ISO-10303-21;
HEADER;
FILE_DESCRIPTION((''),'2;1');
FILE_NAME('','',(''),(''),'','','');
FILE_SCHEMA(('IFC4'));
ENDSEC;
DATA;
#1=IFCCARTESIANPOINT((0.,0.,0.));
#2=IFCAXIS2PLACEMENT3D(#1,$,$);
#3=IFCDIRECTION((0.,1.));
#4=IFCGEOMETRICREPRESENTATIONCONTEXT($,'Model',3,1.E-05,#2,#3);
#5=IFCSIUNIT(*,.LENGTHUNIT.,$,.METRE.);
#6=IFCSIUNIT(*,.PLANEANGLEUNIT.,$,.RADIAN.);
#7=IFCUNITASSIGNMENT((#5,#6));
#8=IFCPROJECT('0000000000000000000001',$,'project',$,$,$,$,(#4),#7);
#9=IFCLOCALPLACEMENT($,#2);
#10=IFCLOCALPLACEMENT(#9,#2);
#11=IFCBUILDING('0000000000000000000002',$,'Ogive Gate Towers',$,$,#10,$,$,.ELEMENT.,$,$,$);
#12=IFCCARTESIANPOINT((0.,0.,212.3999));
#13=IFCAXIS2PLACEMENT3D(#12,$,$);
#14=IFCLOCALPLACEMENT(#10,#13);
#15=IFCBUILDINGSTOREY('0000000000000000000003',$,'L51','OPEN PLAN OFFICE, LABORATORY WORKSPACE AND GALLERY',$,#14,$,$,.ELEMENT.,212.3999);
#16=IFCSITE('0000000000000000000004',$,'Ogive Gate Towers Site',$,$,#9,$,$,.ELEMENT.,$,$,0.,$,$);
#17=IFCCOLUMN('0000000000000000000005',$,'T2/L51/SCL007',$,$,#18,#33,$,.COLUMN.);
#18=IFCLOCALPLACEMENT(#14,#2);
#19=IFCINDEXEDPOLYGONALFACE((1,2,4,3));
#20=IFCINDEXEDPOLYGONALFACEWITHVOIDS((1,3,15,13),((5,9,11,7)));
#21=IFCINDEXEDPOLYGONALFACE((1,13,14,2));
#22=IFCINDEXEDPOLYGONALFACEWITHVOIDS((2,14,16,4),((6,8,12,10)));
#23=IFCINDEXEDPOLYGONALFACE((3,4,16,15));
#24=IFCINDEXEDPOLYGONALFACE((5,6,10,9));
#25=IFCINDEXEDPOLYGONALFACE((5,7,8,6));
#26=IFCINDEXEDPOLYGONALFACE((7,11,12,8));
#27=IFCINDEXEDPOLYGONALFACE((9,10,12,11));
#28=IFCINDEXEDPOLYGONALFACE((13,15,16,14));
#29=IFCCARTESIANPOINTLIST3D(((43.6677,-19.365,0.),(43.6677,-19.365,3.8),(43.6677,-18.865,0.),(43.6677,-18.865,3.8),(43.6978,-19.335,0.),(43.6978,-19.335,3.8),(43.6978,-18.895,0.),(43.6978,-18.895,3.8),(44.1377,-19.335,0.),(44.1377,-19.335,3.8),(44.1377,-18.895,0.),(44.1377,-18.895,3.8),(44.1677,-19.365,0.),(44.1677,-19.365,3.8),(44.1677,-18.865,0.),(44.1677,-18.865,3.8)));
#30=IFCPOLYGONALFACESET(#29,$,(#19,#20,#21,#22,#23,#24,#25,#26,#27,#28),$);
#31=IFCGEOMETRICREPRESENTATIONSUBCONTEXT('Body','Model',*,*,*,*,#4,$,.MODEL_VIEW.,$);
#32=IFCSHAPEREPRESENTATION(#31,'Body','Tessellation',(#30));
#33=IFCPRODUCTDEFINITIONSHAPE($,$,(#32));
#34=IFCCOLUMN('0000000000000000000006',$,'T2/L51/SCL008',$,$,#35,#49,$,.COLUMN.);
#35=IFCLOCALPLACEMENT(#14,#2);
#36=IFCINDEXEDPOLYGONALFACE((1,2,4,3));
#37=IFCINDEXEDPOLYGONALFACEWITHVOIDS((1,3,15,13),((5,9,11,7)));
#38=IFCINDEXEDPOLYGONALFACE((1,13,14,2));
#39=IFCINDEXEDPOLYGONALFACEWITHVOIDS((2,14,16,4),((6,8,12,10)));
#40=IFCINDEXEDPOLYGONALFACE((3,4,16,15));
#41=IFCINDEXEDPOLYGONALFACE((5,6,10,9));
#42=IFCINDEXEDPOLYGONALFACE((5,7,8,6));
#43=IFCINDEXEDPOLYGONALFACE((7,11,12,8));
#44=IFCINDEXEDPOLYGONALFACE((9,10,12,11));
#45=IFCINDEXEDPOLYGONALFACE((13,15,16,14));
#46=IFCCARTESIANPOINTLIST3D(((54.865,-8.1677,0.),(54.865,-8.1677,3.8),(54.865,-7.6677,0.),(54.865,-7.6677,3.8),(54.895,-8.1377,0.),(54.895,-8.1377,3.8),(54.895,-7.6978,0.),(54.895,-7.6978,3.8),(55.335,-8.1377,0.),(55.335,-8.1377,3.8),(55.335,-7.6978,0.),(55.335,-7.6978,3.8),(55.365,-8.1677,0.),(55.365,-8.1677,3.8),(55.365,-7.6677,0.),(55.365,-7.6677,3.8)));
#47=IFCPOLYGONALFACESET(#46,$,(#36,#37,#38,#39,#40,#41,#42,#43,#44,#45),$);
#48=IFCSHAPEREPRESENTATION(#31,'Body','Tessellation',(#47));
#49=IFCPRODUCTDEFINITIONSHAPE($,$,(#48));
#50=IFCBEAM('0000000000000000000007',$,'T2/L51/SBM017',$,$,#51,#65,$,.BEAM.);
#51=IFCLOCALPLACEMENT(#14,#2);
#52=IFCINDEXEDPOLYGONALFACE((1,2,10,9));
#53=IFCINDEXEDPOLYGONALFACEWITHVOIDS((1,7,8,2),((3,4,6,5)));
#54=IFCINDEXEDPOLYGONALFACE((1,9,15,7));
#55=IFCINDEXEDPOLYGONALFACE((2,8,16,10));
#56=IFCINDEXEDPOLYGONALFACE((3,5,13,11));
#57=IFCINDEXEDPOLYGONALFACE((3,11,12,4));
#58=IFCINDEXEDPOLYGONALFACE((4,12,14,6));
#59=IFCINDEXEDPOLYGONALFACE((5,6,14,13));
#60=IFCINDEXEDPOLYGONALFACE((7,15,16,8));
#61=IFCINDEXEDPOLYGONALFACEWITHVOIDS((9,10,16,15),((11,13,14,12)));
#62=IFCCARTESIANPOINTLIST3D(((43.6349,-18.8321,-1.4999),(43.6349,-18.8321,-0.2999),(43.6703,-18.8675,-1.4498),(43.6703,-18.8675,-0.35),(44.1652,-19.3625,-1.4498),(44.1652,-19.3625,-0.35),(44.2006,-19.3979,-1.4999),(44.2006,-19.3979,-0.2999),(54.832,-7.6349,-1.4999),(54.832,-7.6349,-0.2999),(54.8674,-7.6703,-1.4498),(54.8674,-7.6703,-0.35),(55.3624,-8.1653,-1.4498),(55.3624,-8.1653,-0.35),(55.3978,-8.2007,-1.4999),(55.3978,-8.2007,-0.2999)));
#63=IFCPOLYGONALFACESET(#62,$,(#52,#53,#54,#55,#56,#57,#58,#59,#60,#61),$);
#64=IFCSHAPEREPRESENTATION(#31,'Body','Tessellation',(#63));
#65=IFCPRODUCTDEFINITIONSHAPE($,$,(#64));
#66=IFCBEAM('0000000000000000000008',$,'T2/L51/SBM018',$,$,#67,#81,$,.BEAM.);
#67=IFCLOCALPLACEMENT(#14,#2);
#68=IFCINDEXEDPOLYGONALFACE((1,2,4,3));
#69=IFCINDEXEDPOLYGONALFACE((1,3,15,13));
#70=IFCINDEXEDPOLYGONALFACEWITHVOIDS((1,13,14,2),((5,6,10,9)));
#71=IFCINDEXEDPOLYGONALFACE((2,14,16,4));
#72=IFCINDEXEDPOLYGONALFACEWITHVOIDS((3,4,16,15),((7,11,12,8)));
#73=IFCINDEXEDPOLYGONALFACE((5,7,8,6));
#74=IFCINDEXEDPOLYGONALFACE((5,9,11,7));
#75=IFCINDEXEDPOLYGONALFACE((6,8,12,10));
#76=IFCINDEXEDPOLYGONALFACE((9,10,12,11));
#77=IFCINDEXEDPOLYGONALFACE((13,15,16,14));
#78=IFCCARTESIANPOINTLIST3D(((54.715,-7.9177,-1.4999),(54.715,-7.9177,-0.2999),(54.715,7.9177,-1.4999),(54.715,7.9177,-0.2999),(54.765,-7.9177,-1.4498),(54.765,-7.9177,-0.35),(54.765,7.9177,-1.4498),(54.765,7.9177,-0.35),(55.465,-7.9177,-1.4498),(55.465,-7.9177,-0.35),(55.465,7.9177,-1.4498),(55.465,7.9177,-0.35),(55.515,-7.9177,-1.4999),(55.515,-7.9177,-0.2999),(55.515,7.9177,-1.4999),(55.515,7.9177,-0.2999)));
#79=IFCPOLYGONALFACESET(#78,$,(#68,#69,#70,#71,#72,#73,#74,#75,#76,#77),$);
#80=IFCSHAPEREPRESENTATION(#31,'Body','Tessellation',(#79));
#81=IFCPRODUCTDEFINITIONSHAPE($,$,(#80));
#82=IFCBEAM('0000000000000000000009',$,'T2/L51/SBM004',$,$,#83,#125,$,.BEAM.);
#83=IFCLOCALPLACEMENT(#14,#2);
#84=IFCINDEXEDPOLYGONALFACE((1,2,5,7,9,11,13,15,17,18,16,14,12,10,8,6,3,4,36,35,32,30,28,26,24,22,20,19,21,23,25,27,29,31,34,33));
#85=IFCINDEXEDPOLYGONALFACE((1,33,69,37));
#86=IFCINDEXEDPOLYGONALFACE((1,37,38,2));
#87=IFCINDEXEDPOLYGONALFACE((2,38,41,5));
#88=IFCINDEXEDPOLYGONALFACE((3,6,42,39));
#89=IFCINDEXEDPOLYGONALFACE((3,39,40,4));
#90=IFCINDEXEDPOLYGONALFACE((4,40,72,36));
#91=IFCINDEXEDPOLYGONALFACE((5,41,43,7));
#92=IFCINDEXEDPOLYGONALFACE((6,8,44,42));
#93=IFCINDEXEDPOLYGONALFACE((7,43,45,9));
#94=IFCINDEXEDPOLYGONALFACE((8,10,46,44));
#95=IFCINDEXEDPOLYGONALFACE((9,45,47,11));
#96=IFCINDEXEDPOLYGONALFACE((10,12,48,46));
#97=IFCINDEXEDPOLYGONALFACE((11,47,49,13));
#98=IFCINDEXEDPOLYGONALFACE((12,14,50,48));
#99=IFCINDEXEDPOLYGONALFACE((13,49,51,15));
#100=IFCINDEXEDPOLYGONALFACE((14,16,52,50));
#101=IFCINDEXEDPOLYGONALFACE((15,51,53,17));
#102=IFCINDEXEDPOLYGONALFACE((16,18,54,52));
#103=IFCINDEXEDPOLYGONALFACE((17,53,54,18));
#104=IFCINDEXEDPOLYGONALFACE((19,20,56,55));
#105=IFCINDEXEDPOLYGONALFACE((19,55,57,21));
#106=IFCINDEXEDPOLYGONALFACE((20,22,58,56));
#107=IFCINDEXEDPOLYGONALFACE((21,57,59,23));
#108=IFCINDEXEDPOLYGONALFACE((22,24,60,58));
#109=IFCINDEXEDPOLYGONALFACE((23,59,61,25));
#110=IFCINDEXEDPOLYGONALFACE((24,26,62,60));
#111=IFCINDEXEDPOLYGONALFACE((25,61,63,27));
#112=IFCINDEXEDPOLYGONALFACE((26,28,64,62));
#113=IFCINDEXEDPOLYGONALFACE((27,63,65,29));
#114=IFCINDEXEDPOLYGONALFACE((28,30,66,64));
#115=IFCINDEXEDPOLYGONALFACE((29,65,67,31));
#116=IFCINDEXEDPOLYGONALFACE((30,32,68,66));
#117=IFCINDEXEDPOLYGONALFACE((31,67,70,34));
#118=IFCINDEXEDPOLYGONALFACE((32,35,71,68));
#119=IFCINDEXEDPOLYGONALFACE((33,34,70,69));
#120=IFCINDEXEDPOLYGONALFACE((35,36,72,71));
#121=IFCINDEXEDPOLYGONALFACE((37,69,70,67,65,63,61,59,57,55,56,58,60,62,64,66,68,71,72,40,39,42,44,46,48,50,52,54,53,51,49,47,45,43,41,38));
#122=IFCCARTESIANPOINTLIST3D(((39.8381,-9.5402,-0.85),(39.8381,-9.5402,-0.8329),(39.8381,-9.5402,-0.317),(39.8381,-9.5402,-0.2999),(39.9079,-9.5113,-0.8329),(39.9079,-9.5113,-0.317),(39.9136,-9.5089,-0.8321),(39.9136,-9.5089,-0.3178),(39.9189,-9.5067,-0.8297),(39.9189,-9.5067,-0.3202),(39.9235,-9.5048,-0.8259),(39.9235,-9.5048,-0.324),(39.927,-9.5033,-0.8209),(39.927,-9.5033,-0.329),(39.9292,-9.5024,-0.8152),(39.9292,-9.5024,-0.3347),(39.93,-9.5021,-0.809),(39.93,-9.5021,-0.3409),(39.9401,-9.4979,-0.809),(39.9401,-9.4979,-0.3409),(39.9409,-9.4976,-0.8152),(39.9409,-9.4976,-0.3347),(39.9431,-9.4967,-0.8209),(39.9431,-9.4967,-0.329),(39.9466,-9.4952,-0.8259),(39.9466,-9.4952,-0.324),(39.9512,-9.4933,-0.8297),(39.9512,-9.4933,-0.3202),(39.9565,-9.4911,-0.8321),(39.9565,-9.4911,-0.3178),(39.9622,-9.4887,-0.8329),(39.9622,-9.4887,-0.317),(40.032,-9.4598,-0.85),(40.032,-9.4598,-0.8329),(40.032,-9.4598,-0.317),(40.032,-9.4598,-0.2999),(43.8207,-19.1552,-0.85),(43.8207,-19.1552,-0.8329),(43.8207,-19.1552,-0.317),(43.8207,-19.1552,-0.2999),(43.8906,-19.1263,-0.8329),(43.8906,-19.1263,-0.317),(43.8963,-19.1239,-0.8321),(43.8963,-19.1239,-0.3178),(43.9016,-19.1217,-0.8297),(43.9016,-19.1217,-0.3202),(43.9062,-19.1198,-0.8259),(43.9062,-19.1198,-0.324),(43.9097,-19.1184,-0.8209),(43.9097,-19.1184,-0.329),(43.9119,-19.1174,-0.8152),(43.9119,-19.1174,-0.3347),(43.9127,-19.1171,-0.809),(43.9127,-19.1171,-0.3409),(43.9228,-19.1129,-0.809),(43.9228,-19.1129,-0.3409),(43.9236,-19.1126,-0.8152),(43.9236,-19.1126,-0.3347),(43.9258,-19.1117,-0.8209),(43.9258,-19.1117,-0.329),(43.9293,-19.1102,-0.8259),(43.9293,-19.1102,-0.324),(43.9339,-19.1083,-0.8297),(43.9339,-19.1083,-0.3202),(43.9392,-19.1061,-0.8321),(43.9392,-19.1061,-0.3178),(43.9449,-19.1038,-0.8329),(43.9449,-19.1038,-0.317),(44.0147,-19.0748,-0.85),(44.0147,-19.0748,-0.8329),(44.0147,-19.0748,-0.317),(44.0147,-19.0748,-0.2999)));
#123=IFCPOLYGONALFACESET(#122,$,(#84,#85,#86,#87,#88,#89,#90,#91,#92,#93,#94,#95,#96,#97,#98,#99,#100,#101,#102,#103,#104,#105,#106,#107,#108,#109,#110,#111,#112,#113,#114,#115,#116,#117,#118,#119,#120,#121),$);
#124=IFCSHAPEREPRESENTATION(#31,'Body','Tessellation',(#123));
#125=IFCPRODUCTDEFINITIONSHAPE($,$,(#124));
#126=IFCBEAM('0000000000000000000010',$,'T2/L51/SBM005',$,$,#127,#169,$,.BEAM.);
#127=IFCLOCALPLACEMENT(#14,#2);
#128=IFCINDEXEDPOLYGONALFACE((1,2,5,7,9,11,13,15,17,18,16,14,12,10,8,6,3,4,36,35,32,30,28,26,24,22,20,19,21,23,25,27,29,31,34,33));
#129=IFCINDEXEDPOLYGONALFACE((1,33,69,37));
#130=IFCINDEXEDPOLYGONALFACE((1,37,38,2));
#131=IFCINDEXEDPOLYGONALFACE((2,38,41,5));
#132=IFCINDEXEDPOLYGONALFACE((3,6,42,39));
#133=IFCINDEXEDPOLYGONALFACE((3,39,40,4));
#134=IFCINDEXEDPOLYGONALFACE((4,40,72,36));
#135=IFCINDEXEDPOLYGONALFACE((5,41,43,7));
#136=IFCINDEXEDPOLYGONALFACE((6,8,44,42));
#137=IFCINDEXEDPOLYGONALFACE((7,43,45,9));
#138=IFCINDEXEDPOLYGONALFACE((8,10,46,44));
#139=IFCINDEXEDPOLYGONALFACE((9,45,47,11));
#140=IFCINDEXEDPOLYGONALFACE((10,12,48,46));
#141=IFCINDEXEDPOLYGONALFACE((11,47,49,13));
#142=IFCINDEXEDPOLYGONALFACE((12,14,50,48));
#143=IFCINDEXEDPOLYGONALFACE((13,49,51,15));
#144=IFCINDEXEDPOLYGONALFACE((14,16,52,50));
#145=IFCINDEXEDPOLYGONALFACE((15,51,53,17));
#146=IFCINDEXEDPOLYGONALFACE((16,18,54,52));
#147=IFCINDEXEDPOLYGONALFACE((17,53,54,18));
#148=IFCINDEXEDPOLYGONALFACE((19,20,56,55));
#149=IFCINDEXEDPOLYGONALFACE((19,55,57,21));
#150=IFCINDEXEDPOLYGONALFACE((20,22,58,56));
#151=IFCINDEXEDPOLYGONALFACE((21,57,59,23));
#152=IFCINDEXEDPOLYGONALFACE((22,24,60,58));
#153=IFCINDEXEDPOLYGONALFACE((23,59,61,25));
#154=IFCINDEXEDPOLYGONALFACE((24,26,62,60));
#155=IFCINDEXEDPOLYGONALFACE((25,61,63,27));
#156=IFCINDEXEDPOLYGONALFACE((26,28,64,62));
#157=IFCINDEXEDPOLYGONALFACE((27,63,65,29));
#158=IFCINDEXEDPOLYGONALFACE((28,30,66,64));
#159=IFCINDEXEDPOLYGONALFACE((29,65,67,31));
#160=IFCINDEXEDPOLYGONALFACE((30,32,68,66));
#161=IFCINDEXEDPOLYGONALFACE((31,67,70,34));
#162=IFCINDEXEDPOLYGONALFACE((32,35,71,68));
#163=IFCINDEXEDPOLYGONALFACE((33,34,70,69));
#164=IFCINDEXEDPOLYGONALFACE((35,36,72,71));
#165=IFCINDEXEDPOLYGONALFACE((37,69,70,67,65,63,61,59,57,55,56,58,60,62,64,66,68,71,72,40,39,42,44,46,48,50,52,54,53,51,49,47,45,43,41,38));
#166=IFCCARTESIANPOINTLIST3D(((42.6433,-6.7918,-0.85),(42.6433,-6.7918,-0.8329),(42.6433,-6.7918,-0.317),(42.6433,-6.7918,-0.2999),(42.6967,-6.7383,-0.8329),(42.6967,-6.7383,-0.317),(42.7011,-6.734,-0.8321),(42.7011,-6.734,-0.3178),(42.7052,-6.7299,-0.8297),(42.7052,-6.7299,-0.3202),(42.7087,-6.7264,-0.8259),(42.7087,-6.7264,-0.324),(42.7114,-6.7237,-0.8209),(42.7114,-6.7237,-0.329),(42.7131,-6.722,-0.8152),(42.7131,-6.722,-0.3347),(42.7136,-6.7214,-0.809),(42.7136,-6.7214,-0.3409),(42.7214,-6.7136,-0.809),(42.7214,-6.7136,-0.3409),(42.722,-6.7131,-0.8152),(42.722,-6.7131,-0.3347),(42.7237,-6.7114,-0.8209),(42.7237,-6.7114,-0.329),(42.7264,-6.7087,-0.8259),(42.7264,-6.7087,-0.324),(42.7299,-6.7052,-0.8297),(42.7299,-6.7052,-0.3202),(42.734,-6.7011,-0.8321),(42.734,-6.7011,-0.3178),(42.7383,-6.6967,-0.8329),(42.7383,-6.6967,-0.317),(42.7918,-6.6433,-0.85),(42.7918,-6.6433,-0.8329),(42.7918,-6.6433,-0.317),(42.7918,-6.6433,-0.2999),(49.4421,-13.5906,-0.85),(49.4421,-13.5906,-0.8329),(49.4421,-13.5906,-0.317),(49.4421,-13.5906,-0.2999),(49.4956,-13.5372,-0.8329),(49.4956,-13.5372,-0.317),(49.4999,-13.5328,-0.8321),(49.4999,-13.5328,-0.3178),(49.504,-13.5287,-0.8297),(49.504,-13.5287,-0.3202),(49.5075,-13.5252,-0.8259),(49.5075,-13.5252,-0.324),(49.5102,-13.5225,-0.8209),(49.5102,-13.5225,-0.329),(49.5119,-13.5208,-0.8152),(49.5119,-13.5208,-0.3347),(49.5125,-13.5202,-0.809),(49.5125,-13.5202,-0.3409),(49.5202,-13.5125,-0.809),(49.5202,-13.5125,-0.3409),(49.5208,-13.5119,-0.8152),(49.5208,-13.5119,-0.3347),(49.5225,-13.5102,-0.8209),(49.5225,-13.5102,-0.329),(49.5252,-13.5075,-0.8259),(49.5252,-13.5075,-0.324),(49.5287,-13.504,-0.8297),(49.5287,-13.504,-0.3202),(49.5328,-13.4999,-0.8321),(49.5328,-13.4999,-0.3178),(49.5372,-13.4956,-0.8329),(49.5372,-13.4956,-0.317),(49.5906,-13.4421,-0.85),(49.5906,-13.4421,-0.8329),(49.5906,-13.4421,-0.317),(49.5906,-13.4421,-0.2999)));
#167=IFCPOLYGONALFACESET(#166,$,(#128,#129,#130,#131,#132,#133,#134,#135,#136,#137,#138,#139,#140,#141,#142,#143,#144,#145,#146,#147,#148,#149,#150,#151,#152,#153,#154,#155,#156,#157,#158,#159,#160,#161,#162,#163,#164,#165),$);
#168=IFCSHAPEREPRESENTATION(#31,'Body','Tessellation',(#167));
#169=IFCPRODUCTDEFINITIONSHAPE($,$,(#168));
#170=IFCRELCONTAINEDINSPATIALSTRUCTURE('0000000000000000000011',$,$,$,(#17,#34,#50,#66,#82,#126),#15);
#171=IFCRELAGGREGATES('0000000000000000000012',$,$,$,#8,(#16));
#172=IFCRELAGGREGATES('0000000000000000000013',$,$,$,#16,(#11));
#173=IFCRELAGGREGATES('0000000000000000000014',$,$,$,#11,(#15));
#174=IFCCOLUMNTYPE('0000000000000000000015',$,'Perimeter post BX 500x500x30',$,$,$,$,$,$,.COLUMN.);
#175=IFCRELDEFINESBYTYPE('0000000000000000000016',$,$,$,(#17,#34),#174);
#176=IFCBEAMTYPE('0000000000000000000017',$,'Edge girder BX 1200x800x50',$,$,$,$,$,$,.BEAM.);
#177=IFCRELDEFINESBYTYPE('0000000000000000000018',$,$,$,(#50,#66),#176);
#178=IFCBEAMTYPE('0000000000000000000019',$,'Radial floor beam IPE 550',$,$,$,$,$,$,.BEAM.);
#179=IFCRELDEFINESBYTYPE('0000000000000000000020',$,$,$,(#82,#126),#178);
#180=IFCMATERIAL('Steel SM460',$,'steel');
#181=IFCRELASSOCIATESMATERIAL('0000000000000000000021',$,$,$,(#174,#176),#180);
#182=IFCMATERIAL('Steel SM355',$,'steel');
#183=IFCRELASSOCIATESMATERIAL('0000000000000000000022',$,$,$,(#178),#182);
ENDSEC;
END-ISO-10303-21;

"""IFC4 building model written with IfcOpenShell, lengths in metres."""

from ifc_helpers import new_model, si_unit, direction, frame, origin, origin_2d, place, context, subcontext, project, spatial, hollow_rectangle, i_section, extrude, material, material_profile, profile_set, type_object, element, save


model = new_model("IFC4")

# Units and contexts
model_context = context("Model", 3, precision=1e-05, world=origin(), true_north=direction((0.0, 1.0)))
body_context = subcontext(model_context, "Body", "Model", "MODEL_VIEW")
ifc_project = project(units=[si_unit("LENGTHUNIT", "METRE"), si_unit("PLANEANGLEUNIT", "RADIAN")], contexts=[model_context])

# Site, building, storey
site_placement = place(None, origin())
site = spatial("IfcSite", under=ifc_project, at=site_placement, Name="Ogive Gate Towers Site", CompositionType="ELEMENT", RefElevation=0.0)
building_placement = place(site_placement, origin())
building = spatial("IfcBuilding", under=site, at=building_placement, Name="Ogive Gate Towers", CompositionType="ELEMENT")
storey_placement = place(building_placement, frame((0.0, 0.0, 212.3999)))
storey = spatial("IfcBuildingStorey", under=building, at=storey_placement, Name="L51", Description="OPEN PLAN OFFICE, LABORATORY WORKSPACE AND GALLERY", CompositionType="ELEMENT", Elevation=212.3999)

# Columns
ifc_material_1 = material(Name="Steel SM460", Category="steel")
ifc_material_profile_1 = material_profile(ifc_material_1, hollow_rectangle(XDim=0.5, YDim=0.5, WallThickness=0.03, at=origin_2d()), Name="BX 500x500x30")
ifc_profile_set_1 = profile_set([ifc_material_profile_1], Name="Steel SM460")
column_type = type_object("IfcColumnType", Name="Perimeter post BX 500x500x30", PredefinedType="COLUMN", material=ifc_profile_set_1)
for number, where, z_axis, x_axis, name in (
    (1, (43.9177, -19.115, 0.0), (0.0, 0.0, 1.0), (1.0, 0.0, 0.0), "T2/L51/SCL007"),
    (2, (55.115, -7.9177, 0.0), (0.0, 0.0, 1.0), (1.0, 0.0, 0.0), "T2/L51/SCL008"),
):
    element("IfcColumn", number, at=place(storey_placement, frame(where, z_axis=z_axis, x_axis=x_axis)), inside=storey, type_object=column_type, Name=name, PredefinedType="COLUMN", context=body_context, shape_type="SweptSolid", body=[
        extrude(hollow_rectangle(XDim=0.5, YDim=0.5, WallThickness=0.03, at=origin_2d()), origin(), (0.0, 0.0, 1.0), 3.8),
    ])

# Beams
ifc_material_profile_2 = material_profile(ifc_material_1, hollow_rectangle(XDim=0.8, YDim=1.2, WallThickness=0.05, at=origin_2d()), Name="BX 1200x800x50")
ifc_profile_set_2 = profile_set([ifc_material_profile_2], Name="Steel SM460")
beam_type_1 = type_object("IfcBeamType", Name="Edge girder BX 1200x800x50", PredefinedType="BEAM", material=ifc_profile_set_2)
beam_1_placement = place(storey_placement, frame((43.9177, -19.115, -0.8999), z_axis=(0.707107, 0.707107, 0.0), x_axis=(-0.707107, 0.707107, 0.0)))
element("IfcBeam", 3, at=beam_1_placement, inside=storey, type_object=beam_type_1, Name="T2/L51/SBM017", PredefinedType="BEAM", context=body_context, shape_type="SweptSolid", body=[
    extrude(hollow_rectangle(XDim=0.8, YDim=1.2, WallThickness=0.05, at=origin_2d()), origin(), (0.0, 0.0, 1.0), 15.8352),
])
beam_2_placement = place(storey_placement, frame((55.115, -7.9177, -0.8999), z_axis=(0.0, 1.0, 0.0), x_axis=(-1.0, 0.0, 0.0)))
element("IfcBeam", 4, at=beam_2_placement, inside=storey, type_object=beam_type_1, Name="T2/L51/SBM018", PredefinedType="BEAM", context=body_context, shape_type="SweptSolid", body=[
    extrude(hollow_rectangle(XDim=0.8, YDim=1.2, WallThickness=0.05, at=origin_2d()), origin(), (0.0, 0.0, 1.0), 15.8354),
])
ifc_material_2 = material(Name="Steel SM355", Category="steel")
ifc_material_profile_3 = material_profile(ifc_material_2, i_section(OverallWidth=0.21, OverallDepth=0.55, WebThickness=0.011, FlangeThickness=0.0171, FilletRadius=0.0239, at=origin_2d()), Name="IPE 550")
ifc_profile_set_3 = profile_set([ifc_material_profile_3], Name="Steel SM355")
beam_type_2 = type_object("IfcBeamType", Name="Radial floor beam IPE 550", PredefinedType="BEAM", material=ifc_profile_set_3)
beam_3_placement = place(storey_placement, frame((39.9351, -9.5, -0.575), z_axis=(0.382684, -0.923879, 0.0), x_axis=(0.923879, 0.382684, 0.0)))
element("IfcBeam", 5, at=beam_3_placement, inside=storey, type_object=beam_type_2, Name="T2/L51/SBM004", PredefinedType="BEAM", context=body_context, shape_type="SweptSolid", body=[
    extrude(i_section(OverallWidth=0.21, OverallDepth=0.55, WebThickness=0.011, FlangeThickness=0.0171, FilletRadius=0.0239, at=origin_2d()), origin(), (0.0, 0.0, 1.0), 10.4072),
])
beam_4_placement = place(storey_placement, frame((42.7175, -6.7175, -0.575), z_axis=(0.707107, -0.707107, 0.0), x_axis=(0.707107, 0.707107, 0.0)))
element("IfcBeam", 6, at=beam_4_placement, inside=storey, type_object=beam_type_2, Name="T2/L51/SBM005", PredefinedType="BEAM", context=body_context, shape_type="SweptSolid", body=[
    extrude(i_section(OverallWidth=0.21, OverallDepth=0.55, WebThickness=0.011, FlangeThickness=0.0171, FilletRadius=0.0239, at=origin_2d()), origin(), (0.0, 0.0, 1.0), 9.615),
])

save(model, "model.ifc")
